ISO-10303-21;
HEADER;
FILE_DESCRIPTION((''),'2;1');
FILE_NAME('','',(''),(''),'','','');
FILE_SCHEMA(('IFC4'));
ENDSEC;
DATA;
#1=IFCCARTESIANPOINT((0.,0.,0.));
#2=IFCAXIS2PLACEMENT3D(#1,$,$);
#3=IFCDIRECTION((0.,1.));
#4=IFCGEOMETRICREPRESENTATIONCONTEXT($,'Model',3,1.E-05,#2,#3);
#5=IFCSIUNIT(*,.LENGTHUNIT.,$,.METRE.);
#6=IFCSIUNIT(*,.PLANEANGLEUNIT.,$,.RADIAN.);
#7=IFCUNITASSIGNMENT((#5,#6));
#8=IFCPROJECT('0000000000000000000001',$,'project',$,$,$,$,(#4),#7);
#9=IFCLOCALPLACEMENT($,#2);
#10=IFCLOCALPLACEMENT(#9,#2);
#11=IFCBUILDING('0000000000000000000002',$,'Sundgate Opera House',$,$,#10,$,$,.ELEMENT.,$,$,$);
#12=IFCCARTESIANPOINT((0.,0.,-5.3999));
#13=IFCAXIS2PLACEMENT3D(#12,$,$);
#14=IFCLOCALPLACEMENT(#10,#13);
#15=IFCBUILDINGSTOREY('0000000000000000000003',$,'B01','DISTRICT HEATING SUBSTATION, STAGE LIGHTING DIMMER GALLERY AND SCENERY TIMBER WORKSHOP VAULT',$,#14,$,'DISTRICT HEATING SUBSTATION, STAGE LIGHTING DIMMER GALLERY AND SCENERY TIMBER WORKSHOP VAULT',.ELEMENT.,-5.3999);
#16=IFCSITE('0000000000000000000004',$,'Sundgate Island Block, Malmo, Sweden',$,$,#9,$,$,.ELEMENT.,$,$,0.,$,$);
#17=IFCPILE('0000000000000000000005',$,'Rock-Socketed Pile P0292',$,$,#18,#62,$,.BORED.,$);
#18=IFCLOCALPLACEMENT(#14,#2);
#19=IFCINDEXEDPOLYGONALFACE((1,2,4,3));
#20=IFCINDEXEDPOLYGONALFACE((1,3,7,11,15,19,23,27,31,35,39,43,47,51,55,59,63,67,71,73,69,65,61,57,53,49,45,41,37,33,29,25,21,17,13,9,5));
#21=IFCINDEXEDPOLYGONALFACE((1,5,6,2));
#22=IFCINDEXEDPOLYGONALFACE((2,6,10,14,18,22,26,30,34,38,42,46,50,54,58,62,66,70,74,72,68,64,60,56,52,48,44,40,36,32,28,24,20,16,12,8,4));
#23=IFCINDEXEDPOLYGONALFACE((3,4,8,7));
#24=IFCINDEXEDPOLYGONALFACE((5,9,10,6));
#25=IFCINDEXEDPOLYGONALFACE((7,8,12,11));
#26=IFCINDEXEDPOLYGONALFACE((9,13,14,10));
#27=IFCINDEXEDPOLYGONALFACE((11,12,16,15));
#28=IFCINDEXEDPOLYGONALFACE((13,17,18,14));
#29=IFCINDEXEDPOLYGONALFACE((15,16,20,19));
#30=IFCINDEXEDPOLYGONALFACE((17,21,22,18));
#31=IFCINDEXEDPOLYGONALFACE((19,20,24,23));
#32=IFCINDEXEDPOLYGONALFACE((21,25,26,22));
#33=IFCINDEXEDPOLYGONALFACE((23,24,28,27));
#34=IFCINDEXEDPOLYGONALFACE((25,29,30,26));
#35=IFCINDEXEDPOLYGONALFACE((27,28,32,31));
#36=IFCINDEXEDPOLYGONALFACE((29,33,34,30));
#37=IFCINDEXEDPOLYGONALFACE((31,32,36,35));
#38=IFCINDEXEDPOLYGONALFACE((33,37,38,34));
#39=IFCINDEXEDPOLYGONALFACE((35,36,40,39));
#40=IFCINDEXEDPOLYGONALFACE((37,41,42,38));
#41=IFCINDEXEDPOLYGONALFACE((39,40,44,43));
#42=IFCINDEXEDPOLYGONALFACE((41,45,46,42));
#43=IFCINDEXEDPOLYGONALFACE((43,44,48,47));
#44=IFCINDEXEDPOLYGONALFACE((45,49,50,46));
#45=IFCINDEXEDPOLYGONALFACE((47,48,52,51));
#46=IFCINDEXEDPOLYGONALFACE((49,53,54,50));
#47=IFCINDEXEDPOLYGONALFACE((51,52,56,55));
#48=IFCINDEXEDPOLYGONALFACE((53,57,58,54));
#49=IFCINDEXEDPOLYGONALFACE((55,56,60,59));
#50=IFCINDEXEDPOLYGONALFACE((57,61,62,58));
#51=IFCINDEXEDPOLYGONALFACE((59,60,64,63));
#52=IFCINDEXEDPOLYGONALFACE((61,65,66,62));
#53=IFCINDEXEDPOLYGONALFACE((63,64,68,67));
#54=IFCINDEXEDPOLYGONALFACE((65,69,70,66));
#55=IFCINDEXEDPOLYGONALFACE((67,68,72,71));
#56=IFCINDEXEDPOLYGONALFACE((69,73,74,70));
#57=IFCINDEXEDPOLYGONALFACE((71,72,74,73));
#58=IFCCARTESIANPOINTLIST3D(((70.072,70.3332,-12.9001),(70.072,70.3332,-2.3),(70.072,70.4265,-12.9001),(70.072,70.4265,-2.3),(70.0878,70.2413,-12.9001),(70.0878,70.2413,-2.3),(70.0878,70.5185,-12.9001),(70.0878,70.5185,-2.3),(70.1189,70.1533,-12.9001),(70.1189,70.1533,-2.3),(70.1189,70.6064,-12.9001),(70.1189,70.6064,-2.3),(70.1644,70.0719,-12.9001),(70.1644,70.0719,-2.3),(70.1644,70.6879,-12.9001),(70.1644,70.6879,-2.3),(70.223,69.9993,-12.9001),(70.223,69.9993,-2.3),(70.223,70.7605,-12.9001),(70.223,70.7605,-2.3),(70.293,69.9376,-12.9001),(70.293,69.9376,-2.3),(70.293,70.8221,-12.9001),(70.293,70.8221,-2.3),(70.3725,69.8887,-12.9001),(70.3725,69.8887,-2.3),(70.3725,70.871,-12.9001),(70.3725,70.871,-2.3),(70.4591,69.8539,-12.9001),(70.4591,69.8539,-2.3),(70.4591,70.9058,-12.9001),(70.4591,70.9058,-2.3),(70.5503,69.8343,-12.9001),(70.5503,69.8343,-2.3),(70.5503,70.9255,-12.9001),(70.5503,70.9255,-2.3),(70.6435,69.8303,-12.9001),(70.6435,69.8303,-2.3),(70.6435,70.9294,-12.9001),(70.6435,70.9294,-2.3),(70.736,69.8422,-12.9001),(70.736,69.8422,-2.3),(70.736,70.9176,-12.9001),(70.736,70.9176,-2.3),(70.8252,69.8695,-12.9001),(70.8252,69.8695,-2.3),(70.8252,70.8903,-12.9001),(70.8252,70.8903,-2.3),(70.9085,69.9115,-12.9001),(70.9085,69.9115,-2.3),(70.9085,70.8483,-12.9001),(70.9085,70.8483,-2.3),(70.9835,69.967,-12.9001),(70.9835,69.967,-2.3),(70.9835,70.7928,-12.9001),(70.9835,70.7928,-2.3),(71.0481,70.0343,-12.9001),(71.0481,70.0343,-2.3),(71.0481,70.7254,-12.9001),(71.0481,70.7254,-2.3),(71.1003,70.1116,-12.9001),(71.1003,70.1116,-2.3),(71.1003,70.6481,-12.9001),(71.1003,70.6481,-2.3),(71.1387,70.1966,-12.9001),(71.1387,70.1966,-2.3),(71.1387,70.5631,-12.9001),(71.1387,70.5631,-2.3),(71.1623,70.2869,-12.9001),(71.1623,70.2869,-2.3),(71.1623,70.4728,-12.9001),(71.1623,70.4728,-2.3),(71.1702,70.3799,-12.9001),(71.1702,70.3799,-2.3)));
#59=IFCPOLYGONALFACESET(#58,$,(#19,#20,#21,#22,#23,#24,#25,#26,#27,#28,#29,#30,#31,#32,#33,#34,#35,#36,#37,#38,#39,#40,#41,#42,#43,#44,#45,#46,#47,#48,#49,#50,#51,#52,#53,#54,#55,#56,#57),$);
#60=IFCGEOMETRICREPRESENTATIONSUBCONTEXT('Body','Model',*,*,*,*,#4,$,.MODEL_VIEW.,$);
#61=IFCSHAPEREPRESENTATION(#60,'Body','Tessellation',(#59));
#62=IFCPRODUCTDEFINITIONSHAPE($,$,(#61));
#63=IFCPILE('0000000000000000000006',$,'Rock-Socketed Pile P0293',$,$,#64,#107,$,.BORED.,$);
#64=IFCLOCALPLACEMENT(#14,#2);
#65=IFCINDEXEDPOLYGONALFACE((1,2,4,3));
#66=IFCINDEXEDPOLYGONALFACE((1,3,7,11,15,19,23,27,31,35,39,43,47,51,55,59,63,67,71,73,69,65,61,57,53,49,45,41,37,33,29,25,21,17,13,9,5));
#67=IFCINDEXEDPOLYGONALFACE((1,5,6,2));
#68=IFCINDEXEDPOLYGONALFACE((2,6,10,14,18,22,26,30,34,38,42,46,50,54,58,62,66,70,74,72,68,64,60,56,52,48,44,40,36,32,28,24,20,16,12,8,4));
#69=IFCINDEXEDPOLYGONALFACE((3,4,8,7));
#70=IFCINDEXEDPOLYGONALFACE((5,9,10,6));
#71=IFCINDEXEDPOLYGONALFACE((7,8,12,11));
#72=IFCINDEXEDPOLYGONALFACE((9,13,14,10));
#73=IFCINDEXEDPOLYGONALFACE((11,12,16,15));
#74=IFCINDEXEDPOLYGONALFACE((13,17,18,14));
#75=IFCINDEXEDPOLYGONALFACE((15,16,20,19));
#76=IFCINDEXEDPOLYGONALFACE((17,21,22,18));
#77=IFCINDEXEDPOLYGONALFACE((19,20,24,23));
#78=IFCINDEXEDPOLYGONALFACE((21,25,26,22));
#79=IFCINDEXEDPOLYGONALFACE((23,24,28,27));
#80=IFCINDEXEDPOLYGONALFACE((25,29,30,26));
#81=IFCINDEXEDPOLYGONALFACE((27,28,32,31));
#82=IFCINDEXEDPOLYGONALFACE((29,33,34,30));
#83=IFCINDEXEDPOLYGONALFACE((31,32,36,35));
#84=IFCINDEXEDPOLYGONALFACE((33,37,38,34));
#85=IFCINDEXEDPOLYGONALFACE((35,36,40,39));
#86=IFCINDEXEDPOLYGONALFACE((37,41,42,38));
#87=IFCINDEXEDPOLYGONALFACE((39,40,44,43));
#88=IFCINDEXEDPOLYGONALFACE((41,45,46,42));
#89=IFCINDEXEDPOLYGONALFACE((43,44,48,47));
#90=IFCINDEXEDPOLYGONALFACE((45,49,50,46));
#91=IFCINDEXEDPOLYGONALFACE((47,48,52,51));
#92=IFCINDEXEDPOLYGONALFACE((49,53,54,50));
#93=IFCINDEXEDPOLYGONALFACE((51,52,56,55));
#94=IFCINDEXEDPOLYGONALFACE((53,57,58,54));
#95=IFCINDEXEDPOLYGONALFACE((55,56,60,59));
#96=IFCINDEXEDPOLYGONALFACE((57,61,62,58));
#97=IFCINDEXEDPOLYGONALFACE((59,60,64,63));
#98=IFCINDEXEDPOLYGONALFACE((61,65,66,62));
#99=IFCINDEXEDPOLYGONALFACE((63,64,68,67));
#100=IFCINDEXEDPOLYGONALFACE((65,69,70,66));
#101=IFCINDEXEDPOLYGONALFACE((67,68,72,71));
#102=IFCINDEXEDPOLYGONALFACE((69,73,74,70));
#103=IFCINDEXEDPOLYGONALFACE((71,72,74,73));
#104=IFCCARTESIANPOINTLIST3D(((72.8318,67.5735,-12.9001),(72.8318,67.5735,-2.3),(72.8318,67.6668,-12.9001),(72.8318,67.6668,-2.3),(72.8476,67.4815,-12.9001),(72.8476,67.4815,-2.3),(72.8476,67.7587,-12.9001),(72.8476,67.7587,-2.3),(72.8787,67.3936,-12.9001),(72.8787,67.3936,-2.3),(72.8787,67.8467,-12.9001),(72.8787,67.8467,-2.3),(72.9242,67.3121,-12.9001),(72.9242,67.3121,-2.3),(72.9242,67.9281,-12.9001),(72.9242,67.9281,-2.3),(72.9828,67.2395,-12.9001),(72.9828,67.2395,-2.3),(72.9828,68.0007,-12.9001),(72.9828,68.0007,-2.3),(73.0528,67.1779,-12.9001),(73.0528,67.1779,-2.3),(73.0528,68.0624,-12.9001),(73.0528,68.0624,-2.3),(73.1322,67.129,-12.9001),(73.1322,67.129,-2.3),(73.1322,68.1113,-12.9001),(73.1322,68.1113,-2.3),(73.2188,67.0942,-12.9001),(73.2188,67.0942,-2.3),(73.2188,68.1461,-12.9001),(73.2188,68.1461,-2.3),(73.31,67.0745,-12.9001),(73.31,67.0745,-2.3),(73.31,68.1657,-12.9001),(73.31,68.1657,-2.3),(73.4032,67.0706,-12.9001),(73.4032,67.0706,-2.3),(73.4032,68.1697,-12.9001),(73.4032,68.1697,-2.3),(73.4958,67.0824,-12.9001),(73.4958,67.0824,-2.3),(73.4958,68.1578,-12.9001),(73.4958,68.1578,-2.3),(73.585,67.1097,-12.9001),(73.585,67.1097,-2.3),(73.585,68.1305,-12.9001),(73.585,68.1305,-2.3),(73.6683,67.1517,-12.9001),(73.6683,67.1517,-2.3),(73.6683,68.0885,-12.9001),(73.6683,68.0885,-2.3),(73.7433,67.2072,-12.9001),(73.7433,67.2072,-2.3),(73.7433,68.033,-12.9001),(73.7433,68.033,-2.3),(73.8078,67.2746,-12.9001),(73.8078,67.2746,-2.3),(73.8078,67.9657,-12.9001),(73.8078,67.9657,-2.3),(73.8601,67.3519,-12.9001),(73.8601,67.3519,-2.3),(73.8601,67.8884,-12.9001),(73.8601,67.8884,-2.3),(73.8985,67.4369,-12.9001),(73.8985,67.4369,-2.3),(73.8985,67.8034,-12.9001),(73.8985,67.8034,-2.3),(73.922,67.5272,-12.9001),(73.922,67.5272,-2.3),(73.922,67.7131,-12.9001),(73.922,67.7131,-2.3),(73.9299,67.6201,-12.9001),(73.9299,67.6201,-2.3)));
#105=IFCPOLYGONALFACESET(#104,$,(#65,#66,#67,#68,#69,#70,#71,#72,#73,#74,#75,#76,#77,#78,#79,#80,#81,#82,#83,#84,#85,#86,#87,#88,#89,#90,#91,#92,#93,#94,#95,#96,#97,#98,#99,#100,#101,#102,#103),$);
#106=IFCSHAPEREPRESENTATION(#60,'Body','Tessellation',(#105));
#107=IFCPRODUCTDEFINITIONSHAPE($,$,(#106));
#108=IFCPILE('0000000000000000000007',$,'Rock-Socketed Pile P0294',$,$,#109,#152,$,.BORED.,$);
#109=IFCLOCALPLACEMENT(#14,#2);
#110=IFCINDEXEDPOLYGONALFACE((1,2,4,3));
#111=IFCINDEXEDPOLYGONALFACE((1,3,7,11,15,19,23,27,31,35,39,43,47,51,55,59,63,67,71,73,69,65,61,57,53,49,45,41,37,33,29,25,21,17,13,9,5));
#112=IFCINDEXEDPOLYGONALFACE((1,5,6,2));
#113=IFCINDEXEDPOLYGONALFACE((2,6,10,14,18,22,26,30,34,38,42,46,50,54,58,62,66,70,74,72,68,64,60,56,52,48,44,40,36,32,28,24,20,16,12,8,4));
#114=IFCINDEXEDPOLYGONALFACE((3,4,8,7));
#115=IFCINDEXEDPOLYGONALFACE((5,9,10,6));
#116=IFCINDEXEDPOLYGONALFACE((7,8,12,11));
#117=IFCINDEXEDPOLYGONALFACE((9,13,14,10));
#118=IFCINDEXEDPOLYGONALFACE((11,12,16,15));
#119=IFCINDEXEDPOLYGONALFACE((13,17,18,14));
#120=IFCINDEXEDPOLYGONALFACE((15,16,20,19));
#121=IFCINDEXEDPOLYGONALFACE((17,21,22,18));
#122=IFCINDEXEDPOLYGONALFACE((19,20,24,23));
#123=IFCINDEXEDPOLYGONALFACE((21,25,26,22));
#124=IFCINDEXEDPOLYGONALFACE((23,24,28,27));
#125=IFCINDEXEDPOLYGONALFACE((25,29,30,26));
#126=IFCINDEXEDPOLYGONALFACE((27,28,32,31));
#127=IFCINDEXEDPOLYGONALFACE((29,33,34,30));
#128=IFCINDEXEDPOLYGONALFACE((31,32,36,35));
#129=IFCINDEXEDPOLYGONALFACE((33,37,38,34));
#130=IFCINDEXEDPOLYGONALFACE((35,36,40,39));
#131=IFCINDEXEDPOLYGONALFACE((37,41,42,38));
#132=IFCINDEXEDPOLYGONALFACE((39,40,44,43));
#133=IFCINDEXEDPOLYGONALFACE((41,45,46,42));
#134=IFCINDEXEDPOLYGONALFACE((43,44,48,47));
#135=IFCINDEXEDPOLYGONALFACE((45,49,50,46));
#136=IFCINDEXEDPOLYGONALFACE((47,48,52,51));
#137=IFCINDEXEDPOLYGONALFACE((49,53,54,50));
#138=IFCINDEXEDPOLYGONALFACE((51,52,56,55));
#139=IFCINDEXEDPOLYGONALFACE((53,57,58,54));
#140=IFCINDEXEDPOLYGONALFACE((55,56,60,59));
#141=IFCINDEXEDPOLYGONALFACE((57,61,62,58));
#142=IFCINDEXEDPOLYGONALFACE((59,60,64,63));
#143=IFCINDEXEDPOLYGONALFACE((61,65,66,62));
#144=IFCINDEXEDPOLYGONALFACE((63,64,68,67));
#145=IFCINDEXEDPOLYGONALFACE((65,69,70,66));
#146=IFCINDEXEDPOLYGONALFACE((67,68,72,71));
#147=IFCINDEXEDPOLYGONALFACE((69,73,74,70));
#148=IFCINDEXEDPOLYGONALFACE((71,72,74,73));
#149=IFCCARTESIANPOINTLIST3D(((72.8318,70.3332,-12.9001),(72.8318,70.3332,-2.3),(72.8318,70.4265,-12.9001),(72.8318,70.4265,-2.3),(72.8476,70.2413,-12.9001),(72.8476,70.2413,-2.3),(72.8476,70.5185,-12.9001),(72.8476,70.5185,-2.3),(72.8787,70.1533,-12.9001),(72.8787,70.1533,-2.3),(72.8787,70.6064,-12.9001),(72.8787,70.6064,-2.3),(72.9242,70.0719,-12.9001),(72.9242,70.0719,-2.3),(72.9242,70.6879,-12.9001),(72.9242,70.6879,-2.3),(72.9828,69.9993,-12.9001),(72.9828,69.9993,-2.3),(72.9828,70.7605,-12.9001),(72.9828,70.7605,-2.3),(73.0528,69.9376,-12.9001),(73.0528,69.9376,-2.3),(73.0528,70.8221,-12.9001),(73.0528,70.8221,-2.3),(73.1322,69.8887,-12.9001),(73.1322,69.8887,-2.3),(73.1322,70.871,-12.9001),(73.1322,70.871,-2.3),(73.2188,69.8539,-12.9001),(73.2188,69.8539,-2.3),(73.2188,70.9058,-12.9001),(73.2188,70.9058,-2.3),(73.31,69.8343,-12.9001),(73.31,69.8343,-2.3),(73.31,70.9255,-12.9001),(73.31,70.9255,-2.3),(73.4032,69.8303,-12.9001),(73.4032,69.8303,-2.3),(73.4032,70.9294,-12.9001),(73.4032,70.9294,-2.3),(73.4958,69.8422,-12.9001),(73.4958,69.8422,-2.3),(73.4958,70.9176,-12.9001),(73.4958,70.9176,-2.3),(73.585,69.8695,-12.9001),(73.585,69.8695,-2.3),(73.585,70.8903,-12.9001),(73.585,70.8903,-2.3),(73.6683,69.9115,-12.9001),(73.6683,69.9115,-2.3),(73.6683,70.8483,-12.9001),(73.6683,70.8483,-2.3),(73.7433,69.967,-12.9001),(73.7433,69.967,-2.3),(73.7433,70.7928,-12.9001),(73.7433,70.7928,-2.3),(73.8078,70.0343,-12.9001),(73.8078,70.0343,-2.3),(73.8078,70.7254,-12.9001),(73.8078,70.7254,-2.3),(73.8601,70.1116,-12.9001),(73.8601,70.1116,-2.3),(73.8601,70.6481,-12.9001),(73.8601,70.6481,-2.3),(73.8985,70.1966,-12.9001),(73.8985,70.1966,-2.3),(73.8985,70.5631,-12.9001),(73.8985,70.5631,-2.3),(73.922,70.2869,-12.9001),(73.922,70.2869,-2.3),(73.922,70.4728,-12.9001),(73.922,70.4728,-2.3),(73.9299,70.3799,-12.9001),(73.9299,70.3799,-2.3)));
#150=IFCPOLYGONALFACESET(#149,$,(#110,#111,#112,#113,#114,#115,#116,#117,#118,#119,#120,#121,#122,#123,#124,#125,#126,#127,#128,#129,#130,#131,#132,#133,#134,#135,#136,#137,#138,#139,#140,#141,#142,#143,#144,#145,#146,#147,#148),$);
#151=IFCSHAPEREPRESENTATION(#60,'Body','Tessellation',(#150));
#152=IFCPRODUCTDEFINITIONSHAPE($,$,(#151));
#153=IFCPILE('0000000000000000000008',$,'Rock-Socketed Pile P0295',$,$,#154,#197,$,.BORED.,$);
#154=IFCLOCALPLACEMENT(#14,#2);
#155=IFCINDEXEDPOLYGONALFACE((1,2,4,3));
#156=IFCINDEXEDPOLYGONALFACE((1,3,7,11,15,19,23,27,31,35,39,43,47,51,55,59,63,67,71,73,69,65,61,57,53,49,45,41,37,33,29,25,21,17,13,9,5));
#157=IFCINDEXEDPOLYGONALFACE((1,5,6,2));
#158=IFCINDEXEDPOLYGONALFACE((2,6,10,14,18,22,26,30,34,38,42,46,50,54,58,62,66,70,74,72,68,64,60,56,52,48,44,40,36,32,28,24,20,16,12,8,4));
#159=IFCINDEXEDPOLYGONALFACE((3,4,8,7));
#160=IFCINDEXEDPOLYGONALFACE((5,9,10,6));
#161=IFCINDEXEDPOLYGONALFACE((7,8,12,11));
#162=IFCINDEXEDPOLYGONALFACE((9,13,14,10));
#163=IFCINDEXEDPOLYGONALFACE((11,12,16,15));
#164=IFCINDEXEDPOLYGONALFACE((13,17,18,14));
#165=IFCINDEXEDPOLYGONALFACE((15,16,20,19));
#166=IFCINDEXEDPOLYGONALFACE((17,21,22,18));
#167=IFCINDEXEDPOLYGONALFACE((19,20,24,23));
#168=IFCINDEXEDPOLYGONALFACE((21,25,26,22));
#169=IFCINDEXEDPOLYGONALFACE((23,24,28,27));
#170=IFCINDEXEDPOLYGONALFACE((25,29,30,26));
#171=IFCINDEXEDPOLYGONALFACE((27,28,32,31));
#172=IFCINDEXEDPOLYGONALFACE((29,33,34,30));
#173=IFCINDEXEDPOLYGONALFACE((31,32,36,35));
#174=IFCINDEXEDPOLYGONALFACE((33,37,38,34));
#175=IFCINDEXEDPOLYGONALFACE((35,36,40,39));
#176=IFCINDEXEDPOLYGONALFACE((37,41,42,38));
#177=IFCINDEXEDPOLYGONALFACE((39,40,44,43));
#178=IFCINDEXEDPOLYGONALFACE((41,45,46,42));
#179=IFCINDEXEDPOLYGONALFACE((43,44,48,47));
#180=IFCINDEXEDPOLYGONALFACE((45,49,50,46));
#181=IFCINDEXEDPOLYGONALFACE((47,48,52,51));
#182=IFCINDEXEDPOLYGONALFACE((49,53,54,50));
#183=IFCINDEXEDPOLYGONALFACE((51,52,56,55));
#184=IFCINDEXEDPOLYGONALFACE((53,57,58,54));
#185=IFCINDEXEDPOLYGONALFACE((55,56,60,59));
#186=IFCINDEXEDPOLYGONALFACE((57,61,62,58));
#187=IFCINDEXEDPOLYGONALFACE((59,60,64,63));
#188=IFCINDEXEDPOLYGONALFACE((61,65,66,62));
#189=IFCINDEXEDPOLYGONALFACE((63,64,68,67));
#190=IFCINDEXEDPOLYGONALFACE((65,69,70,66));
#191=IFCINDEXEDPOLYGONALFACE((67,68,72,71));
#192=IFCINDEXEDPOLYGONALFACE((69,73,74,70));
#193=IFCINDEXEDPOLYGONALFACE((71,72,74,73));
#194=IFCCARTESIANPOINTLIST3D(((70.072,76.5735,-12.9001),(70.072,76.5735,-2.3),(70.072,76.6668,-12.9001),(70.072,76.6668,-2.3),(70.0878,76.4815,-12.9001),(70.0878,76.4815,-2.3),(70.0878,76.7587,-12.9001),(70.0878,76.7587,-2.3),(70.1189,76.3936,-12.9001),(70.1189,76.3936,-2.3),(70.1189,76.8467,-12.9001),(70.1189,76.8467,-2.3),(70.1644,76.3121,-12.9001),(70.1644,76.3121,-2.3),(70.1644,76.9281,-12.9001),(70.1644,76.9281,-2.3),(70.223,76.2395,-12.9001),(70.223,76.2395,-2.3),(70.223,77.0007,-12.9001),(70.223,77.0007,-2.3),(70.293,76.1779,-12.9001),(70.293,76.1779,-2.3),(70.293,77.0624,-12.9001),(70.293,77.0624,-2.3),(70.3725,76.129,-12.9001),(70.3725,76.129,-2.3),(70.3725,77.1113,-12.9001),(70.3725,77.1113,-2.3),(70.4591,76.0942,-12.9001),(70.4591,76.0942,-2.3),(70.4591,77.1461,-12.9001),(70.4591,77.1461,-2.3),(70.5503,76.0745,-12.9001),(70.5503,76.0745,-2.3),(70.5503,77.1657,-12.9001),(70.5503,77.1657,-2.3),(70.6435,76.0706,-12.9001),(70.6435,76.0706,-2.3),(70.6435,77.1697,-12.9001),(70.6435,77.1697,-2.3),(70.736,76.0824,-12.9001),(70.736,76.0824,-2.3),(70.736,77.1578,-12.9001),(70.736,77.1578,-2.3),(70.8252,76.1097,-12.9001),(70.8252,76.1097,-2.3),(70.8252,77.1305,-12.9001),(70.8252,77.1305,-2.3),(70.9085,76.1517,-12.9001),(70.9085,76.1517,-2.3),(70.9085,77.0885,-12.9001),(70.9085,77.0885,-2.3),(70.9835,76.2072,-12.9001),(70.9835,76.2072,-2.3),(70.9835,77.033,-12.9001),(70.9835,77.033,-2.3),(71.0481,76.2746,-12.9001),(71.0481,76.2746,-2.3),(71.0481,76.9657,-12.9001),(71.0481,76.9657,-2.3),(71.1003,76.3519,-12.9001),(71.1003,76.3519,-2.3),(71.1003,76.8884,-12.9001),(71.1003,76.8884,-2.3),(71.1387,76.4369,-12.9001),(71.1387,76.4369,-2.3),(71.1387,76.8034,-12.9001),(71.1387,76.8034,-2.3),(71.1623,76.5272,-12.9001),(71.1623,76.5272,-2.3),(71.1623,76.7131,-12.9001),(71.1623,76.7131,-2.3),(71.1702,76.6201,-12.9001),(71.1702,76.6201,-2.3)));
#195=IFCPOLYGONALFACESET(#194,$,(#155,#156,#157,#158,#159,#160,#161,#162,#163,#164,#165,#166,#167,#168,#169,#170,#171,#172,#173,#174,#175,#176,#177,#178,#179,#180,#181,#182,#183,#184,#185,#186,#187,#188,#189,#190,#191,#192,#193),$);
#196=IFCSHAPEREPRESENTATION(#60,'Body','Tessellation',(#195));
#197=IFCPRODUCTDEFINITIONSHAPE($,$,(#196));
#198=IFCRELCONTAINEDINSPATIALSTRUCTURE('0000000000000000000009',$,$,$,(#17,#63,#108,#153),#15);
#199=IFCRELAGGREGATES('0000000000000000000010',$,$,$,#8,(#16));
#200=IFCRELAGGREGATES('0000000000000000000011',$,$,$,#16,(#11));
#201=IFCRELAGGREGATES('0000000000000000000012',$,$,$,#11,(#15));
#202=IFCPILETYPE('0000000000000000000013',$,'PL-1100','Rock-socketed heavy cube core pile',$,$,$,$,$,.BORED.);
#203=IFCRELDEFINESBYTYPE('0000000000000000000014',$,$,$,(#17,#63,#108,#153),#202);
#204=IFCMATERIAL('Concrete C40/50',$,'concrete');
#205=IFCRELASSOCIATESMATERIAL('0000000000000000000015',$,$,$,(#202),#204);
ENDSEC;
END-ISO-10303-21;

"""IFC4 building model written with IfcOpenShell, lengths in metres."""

from ifc_helpers import new_model, si_unit, direction, frame, origin, origin_2d, place, context, subcontext, project, spatial, circle, extrude, material, material_profile, profile_set, type_object, element, save


model = new_model("IFC4")

# Units and contexts
model_context = context("Model", 3, precision=1e-05, world=origin(), true_north=direction((0.0, 1.0)))
body_context = subcontext(model_context, "Body", "Model", "MODEL_VIEW")
ifc_project = project(units=[si_unit("LENGTHUNIT", "METRE"), si_unit("PLANEANGLEUNIT", "RADIAN")], contexts=[model_context])

# Site, building, storey
site_placement = place(None, origin())
site = spatial("IfcSite", under=ifc_project, at=site_placement, Name="Sundgate Island Block, Malmo, Sweden", CompositionType="ELEMENT", RefElevation=0.0)
building_placement = place(site_placement, origin())
building = spatial("IfcBuilding", under=site, at=building_placement, Name="Sundgate Opera House", CompositionType="ELEMENT")
storey_placement = place(building_placement, frame((0.0, 0.0, -5.3999)))
storey = spatial("IfcBuildingStorey", under=building, at=storey_placement, Name="B01", Description="DISTRICT HEATING SUBSTATION, STAGE LIGHTING DIMMER GALLERY AND SCENERY TIMBER WORKSHOP VAULT", LongName="DISTRICT HEATING SUBSTATION, STAGE LIGHTING DIMMER GALLERY AND SCENERY TIMBER WORKSHOP VAULT", CompositionType="ELEMENT", Elevation=-5.3999)

# Piles
ifc_material_1 = material(Name="Concrete C40/50", Category="concrete")
ifc_material_profile_1 = material_profile(ifc_material_1, circle(Radius=0.55, at=origin_2d()), Name="PILE D1100")
ifc_profile_set_1 = profile_set([ifc_material_profile_1], Name="Concrete C40/50")
pile_type_1 = type_object("IfcPileType", Name="PL-1100", Description="Rock-socketed heavy cube core pile", PredefinedType="BORED", material=ifc_profile_set_1)
for number, where, z_axis, x_axis, name in (
    (1, (70.6201, 70.3799, -2.3), (0.0, 0.0, -1.0), (1.0, 0.0, 0.0), "Rock-Socketed Pile P0292"),
    (2, (73.3799, 67.6201, -2.3), (0.0, 0.0, -1.0), (1.0, 0.0, 0.0), "Rock-Socketed Pile P0293"),
    (3, (73.3799, 70.3799, -2.3), (0.0, 0.0, -1.0), (1.0, 0.0, 0.0), "Rock-Socketed Pile P0294"),
    (4, (70.6201, 76.6201, -2.3), (0.0, 0.0, -1.0), (1.0, 0.0, 0.0), "Rock-Socketed Pile P0295"),
):
    element("IfcPile", number, at=place(storey_placement, frame(where, z_axis=z_axis, x_axis=x_axis)), inside=storey, type_object=pile_type_1, Name=name, PredefinedType="BORED", context=body_context, shape_type="SweptSolid", body=[
        extrude(circle(Radius=0.55, at=origin_2d()), origin(), (0.0, 0.0, 1.0), 10.6001),
    ])

save(model, "model.ifc")
